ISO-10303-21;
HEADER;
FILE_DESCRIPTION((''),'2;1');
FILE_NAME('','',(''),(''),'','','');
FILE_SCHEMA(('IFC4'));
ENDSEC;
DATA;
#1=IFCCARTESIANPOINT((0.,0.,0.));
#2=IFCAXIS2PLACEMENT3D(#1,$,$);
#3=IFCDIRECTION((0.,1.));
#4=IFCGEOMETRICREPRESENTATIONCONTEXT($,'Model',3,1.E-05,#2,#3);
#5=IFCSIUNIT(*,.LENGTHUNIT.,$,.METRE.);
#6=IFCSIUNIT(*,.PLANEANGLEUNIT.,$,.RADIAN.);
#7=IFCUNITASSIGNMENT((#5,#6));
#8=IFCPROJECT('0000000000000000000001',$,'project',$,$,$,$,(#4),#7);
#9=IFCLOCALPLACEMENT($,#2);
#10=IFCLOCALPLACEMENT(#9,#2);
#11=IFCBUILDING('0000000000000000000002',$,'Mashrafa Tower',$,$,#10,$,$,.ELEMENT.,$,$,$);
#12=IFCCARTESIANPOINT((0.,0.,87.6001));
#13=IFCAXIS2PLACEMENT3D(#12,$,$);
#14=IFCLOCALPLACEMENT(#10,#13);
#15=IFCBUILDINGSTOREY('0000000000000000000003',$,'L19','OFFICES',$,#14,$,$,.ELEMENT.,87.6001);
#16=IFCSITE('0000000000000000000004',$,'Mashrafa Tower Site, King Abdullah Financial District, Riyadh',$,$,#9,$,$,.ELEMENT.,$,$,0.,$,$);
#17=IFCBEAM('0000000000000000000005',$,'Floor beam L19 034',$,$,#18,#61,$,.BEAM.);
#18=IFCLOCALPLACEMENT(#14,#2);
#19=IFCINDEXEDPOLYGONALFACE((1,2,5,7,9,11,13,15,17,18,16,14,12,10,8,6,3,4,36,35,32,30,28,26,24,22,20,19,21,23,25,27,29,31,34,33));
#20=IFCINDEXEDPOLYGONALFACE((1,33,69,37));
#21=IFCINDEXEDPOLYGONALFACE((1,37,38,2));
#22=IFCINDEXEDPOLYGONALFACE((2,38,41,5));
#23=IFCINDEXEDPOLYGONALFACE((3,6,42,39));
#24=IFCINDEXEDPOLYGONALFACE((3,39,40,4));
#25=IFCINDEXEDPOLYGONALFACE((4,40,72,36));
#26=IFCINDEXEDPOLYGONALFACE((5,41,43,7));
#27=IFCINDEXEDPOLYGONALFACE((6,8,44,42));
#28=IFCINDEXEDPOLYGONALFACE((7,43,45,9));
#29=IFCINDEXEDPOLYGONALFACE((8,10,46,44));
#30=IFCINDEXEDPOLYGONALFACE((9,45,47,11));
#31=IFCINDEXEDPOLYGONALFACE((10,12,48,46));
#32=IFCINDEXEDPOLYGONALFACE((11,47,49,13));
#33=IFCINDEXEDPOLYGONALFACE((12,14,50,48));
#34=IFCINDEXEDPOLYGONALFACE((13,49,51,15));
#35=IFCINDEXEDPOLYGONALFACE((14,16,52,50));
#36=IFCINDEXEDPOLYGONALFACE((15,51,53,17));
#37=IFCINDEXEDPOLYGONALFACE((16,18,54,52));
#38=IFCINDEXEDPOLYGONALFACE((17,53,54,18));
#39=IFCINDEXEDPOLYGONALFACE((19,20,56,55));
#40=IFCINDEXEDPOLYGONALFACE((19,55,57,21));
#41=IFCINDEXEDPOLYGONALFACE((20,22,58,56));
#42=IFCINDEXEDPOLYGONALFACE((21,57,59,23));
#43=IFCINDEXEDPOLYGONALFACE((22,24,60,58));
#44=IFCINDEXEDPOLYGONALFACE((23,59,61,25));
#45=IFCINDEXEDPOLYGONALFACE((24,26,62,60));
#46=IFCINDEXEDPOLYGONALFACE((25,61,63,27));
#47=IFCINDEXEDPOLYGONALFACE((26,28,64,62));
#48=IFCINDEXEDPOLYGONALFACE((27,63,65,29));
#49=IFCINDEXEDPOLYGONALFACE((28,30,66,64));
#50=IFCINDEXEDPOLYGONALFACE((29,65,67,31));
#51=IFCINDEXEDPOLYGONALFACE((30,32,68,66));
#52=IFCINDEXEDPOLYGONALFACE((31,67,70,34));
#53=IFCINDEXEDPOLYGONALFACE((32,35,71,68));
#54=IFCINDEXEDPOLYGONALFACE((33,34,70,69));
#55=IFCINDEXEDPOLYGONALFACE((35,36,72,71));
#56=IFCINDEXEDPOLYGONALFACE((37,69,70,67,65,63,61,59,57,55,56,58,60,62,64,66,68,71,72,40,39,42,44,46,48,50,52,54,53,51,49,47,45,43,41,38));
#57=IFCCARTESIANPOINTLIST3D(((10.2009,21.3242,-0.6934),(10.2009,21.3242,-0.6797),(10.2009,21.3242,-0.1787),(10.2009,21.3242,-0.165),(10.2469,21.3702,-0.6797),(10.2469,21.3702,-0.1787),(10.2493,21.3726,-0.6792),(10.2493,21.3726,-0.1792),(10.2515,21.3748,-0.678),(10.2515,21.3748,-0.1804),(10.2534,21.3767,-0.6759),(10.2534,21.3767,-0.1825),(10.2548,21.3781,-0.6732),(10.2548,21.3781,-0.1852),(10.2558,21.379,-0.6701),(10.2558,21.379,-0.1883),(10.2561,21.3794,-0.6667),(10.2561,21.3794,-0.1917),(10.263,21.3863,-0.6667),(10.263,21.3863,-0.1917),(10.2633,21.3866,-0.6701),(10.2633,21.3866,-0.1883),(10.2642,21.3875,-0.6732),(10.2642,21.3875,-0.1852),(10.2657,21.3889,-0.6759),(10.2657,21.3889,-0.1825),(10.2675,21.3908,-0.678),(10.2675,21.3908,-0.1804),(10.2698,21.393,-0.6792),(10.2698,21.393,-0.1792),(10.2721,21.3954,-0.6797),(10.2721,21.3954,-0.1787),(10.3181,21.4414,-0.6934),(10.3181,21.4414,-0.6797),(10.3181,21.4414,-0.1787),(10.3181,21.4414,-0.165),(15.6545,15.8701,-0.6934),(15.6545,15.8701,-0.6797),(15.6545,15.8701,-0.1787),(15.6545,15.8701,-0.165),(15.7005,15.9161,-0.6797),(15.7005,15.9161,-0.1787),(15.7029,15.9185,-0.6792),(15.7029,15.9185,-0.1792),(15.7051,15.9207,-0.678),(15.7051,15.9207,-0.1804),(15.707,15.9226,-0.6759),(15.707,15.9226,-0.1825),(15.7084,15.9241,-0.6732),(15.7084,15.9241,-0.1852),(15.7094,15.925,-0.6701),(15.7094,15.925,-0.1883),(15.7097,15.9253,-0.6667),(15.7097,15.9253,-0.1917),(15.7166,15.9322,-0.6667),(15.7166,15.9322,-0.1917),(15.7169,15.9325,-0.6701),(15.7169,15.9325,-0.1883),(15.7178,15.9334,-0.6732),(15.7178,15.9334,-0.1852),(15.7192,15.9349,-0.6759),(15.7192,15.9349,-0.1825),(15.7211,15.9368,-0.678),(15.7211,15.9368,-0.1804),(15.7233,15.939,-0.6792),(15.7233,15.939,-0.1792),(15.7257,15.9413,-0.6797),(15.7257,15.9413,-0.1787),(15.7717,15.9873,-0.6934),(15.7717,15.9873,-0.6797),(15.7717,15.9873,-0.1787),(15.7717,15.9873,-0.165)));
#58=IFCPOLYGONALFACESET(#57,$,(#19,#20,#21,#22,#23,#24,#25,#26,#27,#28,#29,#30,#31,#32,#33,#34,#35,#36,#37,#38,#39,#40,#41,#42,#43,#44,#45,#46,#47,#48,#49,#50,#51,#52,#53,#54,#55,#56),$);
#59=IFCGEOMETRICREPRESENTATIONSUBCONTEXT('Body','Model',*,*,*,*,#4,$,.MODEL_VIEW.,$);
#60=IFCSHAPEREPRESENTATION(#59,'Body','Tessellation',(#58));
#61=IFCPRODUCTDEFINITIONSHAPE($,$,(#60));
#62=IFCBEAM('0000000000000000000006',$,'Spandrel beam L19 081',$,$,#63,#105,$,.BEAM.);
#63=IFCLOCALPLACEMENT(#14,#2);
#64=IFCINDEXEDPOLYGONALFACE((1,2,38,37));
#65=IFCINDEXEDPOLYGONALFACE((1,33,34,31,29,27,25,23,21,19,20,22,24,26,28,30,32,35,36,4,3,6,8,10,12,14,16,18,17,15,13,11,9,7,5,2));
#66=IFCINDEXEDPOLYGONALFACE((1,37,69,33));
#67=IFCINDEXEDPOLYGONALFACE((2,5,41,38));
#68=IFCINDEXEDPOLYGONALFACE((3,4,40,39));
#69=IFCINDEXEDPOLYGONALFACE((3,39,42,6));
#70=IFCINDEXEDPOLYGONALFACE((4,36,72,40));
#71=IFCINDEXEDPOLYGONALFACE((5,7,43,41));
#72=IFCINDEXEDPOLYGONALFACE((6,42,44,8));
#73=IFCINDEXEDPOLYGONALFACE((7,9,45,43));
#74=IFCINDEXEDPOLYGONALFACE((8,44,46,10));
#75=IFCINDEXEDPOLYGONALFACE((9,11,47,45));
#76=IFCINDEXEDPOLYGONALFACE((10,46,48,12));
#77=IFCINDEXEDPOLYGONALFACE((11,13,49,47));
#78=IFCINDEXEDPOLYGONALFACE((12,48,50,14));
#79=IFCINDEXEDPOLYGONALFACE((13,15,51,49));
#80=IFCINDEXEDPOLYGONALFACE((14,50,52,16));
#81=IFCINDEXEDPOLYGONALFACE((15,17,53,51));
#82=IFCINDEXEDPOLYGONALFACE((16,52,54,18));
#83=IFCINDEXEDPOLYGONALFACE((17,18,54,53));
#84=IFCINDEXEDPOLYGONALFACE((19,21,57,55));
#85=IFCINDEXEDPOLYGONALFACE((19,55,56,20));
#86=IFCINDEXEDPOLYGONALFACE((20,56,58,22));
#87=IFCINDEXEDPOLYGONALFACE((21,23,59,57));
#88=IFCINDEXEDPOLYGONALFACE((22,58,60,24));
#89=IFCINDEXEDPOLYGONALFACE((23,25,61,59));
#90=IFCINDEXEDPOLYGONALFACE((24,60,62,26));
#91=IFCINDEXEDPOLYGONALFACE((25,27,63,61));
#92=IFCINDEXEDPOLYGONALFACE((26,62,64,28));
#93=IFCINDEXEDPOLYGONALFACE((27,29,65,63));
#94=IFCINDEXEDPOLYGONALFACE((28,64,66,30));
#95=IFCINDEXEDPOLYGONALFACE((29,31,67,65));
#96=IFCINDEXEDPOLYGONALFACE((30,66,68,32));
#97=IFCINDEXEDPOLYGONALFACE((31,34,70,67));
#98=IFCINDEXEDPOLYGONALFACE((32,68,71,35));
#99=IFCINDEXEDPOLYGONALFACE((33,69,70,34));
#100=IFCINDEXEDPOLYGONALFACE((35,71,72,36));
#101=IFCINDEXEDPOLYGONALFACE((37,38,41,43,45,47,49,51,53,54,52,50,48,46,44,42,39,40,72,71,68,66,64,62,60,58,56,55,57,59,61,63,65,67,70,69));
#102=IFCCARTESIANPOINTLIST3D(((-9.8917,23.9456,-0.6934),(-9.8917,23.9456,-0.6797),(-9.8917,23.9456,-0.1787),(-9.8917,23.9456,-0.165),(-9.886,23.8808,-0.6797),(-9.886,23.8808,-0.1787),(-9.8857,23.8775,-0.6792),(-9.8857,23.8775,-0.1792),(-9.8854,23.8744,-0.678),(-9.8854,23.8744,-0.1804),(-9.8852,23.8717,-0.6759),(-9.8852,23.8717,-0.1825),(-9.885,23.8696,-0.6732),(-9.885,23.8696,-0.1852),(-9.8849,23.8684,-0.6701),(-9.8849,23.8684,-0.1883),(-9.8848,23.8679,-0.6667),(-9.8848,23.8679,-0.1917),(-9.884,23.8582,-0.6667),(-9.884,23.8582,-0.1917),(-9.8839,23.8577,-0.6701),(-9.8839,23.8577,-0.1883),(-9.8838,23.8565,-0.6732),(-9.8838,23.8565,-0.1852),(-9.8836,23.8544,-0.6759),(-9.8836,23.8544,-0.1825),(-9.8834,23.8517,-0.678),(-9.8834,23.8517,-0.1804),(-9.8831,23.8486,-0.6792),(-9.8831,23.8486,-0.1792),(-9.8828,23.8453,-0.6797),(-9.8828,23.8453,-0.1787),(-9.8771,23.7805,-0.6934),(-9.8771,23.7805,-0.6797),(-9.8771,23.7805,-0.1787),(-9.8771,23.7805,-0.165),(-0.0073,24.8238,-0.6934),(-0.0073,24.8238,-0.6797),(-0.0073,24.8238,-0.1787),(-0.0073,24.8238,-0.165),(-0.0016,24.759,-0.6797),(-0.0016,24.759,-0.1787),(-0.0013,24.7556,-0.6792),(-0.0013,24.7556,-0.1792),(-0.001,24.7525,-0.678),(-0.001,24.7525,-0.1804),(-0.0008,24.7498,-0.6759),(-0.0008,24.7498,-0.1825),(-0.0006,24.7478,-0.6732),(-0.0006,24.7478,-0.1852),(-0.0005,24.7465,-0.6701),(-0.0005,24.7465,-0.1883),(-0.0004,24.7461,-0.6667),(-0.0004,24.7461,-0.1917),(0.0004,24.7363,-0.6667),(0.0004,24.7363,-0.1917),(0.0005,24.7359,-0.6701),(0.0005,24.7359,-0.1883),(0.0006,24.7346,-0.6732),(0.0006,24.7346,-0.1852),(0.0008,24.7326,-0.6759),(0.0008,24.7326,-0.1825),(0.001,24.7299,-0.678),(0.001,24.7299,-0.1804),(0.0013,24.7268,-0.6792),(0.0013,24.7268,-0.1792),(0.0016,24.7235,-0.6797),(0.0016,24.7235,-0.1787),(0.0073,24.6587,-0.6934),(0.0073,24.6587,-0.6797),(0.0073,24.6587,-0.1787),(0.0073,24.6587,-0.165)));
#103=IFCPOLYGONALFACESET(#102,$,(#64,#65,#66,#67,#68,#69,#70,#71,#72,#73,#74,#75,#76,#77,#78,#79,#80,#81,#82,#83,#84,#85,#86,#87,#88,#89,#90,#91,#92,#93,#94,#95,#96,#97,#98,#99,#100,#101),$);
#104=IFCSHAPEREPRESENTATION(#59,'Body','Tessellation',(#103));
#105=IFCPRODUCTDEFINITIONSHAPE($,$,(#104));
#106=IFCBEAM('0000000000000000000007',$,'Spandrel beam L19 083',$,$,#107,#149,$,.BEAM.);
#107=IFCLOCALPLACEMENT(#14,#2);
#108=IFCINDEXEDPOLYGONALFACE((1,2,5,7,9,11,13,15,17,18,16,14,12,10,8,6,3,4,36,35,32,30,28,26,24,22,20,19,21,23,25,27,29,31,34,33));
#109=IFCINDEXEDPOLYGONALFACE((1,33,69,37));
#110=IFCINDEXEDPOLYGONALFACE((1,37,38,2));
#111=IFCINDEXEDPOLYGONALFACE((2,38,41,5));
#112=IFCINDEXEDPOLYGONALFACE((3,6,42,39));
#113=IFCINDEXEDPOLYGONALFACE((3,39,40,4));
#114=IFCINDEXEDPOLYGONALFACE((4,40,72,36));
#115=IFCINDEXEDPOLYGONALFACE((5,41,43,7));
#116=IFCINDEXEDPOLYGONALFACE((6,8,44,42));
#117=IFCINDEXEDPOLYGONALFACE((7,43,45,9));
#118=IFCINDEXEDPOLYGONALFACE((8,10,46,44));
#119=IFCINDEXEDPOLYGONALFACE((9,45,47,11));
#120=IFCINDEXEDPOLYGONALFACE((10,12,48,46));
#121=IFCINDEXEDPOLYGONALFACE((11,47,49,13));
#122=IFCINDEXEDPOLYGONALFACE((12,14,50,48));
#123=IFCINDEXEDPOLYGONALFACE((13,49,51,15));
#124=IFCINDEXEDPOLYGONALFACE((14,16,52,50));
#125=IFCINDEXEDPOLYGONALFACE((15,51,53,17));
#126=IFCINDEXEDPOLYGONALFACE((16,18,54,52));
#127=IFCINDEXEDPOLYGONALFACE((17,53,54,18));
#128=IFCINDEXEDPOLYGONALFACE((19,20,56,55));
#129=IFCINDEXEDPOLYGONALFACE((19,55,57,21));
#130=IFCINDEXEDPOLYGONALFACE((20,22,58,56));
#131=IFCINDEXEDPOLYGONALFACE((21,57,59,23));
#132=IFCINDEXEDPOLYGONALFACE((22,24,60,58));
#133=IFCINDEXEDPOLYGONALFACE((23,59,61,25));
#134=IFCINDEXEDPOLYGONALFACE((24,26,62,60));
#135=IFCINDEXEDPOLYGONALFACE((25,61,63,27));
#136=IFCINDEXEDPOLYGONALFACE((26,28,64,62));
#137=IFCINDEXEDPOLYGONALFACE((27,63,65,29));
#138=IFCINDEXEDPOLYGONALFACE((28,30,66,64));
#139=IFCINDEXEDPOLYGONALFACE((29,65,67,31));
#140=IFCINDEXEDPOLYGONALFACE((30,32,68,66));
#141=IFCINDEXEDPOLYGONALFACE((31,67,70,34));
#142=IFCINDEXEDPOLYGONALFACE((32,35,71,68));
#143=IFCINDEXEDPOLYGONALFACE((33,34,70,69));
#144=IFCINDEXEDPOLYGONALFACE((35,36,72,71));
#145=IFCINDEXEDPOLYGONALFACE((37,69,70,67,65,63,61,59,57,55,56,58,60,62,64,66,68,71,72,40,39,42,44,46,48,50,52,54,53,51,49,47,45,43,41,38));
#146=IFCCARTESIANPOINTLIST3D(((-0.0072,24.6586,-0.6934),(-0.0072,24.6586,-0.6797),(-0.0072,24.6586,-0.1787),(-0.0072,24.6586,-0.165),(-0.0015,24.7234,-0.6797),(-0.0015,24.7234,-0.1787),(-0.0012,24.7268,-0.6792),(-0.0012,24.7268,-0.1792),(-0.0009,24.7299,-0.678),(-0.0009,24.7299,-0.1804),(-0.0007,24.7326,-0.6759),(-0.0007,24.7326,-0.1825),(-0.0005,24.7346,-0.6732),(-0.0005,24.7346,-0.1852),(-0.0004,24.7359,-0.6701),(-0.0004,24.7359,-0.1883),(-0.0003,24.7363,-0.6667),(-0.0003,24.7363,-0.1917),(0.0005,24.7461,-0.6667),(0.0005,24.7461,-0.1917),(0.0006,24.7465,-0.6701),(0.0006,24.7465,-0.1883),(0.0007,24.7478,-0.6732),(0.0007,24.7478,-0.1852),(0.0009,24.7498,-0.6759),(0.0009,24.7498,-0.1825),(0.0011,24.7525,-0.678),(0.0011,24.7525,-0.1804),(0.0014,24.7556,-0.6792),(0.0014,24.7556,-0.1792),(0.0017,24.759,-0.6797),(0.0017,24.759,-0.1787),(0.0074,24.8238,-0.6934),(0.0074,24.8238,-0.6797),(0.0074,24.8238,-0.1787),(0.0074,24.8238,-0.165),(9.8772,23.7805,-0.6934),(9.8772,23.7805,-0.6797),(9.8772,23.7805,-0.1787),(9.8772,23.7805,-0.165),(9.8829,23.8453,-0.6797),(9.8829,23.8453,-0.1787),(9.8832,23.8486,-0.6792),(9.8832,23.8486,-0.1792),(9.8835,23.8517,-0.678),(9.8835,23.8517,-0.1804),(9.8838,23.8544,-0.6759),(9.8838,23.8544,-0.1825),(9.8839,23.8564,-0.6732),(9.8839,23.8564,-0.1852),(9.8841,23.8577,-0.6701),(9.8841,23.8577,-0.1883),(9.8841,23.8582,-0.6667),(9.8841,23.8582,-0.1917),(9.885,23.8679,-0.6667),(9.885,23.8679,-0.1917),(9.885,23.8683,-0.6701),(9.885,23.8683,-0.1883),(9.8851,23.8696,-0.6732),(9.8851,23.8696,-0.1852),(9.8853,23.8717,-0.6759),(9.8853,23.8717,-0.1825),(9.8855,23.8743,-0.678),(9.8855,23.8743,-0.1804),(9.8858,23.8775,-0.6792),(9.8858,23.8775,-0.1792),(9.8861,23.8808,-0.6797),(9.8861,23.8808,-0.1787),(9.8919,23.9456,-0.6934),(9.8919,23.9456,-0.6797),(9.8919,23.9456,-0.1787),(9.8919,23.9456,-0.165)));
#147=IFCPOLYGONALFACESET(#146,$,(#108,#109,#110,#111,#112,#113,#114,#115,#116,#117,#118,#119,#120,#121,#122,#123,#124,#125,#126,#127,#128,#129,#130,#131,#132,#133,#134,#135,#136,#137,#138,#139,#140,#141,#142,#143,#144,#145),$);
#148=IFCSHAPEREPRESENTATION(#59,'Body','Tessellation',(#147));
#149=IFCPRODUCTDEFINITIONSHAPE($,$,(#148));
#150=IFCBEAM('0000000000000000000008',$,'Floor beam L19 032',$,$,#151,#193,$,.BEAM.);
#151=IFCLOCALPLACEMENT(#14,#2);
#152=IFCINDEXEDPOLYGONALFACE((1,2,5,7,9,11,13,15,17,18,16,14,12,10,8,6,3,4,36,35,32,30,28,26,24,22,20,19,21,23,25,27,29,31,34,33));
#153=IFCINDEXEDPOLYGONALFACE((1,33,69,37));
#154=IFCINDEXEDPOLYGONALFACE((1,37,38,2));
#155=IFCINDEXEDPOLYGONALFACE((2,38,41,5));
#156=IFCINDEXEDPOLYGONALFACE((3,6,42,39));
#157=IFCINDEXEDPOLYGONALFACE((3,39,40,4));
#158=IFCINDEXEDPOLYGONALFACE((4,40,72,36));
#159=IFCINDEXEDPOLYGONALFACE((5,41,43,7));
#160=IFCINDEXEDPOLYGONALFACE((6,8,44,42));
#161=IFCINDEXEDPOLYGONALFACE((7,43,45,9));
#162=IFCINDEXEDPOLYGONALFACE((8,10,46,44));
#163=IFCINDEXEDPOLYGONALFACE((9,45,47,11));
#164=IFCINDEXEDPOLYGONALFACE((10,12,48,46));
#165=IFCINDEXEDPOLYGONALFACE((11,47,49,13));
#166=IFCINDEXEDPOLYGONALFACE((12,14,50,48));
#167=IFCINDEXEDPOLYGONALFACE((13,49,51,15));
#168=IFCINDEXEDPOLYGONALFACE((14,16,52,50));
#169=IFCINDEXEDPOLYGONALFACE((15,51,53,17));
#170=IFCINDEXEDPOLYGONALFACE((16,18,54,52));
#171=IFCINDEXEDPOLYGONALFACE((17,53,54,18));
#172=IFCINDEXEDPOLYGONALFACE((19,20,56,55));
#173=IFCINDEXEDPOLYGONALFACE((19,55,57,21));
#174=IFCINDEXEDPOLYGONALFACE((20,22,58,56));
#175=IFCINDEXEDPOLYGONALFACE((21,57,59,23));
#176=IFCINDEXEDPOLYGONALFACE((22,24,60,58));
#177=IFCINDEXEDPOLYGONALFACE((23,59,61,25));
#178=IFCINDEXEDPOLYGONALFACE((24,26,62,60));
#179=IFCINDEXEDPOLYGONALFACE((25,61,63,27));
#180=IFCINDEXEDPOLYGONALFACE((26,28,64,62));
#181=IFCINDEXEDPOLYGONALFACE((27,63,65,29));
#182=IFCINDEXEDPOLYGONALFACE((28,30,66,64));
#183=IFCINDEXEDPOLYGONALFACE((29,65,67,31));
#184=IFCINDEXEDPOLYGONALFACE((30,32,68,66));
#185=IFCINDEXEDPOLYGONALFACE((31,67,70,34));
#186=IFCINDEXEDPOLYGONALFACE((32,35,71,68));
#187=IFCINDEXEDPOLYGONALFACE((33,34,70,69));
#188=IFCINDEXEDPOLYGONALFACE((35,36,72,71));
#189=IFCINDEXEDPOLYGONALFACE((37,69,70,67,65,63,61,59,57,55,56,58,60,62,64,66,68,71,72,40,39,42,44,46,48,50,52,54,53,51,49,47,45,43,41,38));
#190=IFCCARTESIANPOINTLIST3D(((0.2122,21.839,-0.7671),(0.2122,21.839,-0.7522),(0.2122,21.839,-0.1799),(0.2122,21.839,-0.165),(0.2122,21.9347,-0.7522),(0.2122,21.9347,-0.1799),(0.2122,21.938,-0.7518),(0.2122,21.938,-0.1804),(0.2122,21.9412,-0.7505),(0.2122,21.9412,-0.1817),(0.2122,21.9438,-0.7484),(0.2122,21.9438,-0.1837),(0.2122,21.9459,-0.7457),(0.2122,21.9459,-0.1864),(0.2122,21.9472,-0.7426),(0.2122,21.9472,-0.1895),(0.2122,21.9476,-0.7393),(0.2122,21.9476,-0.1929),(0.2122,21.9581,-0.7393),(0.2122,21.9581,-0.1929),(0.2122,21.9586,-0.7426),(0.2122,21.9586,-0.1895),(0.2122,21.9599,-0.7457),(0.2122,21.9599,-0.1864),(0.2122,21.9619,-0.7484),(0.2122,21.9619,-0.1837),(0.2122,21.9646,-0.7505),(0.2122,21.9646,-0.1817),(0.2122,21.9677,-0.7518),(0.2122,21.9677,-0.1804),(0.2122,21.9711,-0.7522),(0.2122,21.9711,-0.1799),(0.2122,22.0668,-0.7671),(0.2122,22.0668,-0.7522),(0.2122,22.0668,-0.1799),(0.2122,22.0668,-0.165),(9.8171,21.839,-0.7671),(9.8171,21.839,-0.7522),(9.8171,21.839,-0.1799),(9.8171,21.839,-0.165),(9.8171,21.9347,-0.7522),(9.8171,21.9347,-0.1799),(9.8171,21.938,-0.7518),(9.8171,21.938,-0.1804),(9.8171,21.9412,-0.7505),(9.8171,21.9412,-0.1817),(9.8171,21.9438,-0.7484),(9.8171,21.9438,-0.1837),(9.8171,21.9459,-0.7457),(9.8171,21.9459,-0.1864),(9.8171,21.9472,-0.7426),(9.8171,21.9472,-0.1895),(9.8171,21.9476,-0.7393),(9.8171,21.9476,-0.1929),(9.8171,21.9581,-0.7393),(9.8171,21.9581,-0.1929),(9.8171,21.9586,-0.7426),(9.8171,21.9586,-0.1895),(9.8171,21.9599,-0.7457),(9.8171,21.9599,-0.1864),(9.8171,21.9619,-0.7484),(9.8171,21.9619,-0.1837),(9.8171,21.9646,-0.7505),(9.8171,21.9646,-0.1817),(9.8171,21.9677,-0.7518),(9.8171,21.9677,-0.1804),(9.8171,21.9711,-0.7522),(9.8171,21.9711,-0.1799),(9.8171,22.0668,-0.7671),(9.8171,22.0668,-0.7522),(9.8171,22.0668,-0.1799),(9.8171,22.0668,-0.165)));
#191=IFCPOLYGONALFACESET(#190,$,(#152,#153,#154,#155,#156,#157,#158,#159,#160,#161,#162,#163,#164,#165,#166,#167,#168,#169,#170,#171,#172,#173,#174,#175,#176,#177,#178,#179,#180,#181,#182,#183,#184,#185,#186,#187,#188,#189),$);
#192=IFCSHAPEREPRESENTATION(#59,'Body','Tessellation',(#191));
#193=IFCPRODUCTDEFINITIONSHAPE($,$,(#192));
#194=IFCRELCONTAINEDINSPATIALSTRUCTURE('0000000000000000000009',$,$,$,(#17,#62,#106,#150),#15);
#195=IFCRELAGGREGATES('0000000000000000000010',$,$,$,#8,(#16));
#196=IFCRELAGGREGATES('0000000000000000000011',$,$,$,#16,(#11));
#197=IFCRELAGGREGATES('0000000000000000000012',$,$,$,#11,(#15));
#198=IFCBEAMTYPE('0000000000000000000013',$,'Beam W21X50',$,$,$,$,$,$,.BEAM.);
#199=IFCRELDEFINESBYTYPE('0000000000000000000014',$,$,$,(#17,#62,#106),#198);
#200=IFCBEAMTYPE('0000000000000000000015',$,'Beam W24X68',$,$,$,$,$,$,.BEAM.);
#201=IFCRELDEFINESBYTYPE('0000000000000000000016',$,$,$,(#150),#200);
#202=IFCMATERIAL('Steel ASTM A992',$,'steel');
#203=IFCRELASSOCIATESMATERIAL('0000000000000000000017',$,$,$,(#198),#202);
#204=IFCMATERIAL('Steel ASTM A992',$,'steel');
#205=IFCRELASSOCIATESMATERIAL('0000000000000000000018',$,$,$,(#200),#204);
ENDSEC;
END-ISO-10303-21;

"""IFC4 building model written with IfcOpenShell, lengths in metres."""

from ifc_helpers import new_model, si_unit, direction, frame, origin, origin_2d, place, context, subcontext, project, spatial, i_section, extrude, material, material_profile, profile_set, type_object, element, save


model = new_model("IFC4")

# Units and contexts
model_context = context("Model", 3, precision=1e-05, world=origin(), true_north=direction((0.0, 1.0)))
body_context = subcontext(model_context, "Body", "Model", "MODEL_VIEW")
ifc_project = project(units=[si_unit("LENGTHUNIT", "METRE"), si_unit("PLANEANGLEUNIT", "RADIAN")], contexts=[model_context])

# Site, building, storey
site_placement = place(None, origin())
site = spatial("IfcSite", under=ifc_project, at=site_placement, Name="Mashrafa Tower Site, King Abdullah Financial District, Riyadh", CompositionType="ELEMENT", RefElevation=0.0)
building_placement = place(site_placement, origin())
building = spatial("IfcBuilding", under=site, at=building_placement, Name="Mashrafa Tower", CompositionType="ELEMENT")
storey_placement = place(building_placement, frame((0.0, 0.0, 87.6001)))
storey = spatial("IfcBuildingStorey", under=building, at=storey_placement, Name="L19", Description="OFFICES", CompositionType="ELEMENT", Elevation=87.6001)

# Beams
ifc_material_1 = material(Name="Steel ASTM A992", Category="steel")
ifc_material_profile_1 = material_profile(ifc_material_1, i_section(OverallWidth=0.1658, OverallDepth=0.5283, WebThickness=0.0098, FlangeThickness=0.0137, FilletRadius=0.0129, at=origin_2d()), Name="W21X50")
ifc_profile_set_1 = profile_set([ifc_material_profile_1], Name="Steel ASTM A992")
beam_type_1 = type_object("IfcBeamType", Name="Beam W21X50", PredefinedType="BEAM", material=ifc_profile_set_1)
beam_1_placement = place(storey_placement, frame((10.2595, 21.3828, -0.4292), z_axis=(0.707075, -0.707138, 0.0), x_axis=(0.707138, 0.707075, 0.0)))
element("IfcBeam", 1, at=beam_1_placement, inside=storey, type_object=beam_type_1, Name="Floor beam L19 034", PredefinedType="BEAM", context=body_context, shape_type="SweptSolid", body=[
    extrude(i_section(OverallWidth=0.1658, OverallDepth=0.5283, WebThickness=0.0098, FlangeThickness=0.0137, FilletRadius=0.0129, at=origin_2d()), origin(), (0.0, 0.0, 1.0), 7.7129),
])
for number, where, z_axis, x_axis, name in (
    (2, (0.0, 24.7412, -0.4292), (-0.996077, -0.088495, 0.0), (0.088495, -0.996077, 0.0), "Spandrel beam L19 081"),
    (3, (9.8845, 23.863, -0.4292), (-0.996077, 0.088495, 0.0), (-0.088495, -0.996077, 0.0), "Spandrel beam L19 083"),
):
    element("IfcBeam", number, at=place(storey_placement, frame(where, z_axis=z_axis, x_axis=x_axis)), inside=storey, type_object=beam_type_1, Name=name, PredefinedType="BEAM", context=body_context, shape_type="SweptSolid", body=[
        extrude(i_section(OverallWidth=0.1658, OverallDepth=0.5283, WebThickness=0.0098, FlangeThickness=0.0137, FilletRadius=0.0129, at=origin_2d()), origin(), (0.0, 0.0, 1.0), 9.9233),
    ])
ifc_material_2 = material(Name="Steel ASTM A992", Category="steel")
ifc_material_profile_2 = material_profile(ifc_material_2, i_section(OverallWidth=0.2278, OverallDepth=0.6021, WebThickness=0.0105, FlangeThickness=0.0149, FilletRadius=0.0129, at=origin_2d()), Name="W24X68")
ifc_profile_set_2 = profile_set([ifc_material_profile_2], Name="Steel ASTM A992")
beam_type_2 = type_object("IfcBeamType", Name="Beam W24X68", PredefinedType="BEAM", material=ifc_profile_set_2)
beam_2_placement = place(storey_placement, frame((0.2122, 21.9529, -0.4661), z_axis=(1.0, 0.0, 0.0), x_axis=(0.0, 1.0, 0.0)))
element("IfcBeam", 4, at=beam_2_placement, inside=storey, type_object=beam_type_2, Name="Floor beam L19 032", PredefinedType="BEAM", context=body_context, shape_type="SweptSolid", body=[
    extrude(i_section(OverallWidth=0.2278, OverallDepth=0.6021, WebThickness=0.0105, FlangeThickness=0.0149, FilletRadius=0.0129, at=origin_2d()), origin(), (0.0, 0.0, 1.0), 9.605),
])

save(model, "model.ifc")
